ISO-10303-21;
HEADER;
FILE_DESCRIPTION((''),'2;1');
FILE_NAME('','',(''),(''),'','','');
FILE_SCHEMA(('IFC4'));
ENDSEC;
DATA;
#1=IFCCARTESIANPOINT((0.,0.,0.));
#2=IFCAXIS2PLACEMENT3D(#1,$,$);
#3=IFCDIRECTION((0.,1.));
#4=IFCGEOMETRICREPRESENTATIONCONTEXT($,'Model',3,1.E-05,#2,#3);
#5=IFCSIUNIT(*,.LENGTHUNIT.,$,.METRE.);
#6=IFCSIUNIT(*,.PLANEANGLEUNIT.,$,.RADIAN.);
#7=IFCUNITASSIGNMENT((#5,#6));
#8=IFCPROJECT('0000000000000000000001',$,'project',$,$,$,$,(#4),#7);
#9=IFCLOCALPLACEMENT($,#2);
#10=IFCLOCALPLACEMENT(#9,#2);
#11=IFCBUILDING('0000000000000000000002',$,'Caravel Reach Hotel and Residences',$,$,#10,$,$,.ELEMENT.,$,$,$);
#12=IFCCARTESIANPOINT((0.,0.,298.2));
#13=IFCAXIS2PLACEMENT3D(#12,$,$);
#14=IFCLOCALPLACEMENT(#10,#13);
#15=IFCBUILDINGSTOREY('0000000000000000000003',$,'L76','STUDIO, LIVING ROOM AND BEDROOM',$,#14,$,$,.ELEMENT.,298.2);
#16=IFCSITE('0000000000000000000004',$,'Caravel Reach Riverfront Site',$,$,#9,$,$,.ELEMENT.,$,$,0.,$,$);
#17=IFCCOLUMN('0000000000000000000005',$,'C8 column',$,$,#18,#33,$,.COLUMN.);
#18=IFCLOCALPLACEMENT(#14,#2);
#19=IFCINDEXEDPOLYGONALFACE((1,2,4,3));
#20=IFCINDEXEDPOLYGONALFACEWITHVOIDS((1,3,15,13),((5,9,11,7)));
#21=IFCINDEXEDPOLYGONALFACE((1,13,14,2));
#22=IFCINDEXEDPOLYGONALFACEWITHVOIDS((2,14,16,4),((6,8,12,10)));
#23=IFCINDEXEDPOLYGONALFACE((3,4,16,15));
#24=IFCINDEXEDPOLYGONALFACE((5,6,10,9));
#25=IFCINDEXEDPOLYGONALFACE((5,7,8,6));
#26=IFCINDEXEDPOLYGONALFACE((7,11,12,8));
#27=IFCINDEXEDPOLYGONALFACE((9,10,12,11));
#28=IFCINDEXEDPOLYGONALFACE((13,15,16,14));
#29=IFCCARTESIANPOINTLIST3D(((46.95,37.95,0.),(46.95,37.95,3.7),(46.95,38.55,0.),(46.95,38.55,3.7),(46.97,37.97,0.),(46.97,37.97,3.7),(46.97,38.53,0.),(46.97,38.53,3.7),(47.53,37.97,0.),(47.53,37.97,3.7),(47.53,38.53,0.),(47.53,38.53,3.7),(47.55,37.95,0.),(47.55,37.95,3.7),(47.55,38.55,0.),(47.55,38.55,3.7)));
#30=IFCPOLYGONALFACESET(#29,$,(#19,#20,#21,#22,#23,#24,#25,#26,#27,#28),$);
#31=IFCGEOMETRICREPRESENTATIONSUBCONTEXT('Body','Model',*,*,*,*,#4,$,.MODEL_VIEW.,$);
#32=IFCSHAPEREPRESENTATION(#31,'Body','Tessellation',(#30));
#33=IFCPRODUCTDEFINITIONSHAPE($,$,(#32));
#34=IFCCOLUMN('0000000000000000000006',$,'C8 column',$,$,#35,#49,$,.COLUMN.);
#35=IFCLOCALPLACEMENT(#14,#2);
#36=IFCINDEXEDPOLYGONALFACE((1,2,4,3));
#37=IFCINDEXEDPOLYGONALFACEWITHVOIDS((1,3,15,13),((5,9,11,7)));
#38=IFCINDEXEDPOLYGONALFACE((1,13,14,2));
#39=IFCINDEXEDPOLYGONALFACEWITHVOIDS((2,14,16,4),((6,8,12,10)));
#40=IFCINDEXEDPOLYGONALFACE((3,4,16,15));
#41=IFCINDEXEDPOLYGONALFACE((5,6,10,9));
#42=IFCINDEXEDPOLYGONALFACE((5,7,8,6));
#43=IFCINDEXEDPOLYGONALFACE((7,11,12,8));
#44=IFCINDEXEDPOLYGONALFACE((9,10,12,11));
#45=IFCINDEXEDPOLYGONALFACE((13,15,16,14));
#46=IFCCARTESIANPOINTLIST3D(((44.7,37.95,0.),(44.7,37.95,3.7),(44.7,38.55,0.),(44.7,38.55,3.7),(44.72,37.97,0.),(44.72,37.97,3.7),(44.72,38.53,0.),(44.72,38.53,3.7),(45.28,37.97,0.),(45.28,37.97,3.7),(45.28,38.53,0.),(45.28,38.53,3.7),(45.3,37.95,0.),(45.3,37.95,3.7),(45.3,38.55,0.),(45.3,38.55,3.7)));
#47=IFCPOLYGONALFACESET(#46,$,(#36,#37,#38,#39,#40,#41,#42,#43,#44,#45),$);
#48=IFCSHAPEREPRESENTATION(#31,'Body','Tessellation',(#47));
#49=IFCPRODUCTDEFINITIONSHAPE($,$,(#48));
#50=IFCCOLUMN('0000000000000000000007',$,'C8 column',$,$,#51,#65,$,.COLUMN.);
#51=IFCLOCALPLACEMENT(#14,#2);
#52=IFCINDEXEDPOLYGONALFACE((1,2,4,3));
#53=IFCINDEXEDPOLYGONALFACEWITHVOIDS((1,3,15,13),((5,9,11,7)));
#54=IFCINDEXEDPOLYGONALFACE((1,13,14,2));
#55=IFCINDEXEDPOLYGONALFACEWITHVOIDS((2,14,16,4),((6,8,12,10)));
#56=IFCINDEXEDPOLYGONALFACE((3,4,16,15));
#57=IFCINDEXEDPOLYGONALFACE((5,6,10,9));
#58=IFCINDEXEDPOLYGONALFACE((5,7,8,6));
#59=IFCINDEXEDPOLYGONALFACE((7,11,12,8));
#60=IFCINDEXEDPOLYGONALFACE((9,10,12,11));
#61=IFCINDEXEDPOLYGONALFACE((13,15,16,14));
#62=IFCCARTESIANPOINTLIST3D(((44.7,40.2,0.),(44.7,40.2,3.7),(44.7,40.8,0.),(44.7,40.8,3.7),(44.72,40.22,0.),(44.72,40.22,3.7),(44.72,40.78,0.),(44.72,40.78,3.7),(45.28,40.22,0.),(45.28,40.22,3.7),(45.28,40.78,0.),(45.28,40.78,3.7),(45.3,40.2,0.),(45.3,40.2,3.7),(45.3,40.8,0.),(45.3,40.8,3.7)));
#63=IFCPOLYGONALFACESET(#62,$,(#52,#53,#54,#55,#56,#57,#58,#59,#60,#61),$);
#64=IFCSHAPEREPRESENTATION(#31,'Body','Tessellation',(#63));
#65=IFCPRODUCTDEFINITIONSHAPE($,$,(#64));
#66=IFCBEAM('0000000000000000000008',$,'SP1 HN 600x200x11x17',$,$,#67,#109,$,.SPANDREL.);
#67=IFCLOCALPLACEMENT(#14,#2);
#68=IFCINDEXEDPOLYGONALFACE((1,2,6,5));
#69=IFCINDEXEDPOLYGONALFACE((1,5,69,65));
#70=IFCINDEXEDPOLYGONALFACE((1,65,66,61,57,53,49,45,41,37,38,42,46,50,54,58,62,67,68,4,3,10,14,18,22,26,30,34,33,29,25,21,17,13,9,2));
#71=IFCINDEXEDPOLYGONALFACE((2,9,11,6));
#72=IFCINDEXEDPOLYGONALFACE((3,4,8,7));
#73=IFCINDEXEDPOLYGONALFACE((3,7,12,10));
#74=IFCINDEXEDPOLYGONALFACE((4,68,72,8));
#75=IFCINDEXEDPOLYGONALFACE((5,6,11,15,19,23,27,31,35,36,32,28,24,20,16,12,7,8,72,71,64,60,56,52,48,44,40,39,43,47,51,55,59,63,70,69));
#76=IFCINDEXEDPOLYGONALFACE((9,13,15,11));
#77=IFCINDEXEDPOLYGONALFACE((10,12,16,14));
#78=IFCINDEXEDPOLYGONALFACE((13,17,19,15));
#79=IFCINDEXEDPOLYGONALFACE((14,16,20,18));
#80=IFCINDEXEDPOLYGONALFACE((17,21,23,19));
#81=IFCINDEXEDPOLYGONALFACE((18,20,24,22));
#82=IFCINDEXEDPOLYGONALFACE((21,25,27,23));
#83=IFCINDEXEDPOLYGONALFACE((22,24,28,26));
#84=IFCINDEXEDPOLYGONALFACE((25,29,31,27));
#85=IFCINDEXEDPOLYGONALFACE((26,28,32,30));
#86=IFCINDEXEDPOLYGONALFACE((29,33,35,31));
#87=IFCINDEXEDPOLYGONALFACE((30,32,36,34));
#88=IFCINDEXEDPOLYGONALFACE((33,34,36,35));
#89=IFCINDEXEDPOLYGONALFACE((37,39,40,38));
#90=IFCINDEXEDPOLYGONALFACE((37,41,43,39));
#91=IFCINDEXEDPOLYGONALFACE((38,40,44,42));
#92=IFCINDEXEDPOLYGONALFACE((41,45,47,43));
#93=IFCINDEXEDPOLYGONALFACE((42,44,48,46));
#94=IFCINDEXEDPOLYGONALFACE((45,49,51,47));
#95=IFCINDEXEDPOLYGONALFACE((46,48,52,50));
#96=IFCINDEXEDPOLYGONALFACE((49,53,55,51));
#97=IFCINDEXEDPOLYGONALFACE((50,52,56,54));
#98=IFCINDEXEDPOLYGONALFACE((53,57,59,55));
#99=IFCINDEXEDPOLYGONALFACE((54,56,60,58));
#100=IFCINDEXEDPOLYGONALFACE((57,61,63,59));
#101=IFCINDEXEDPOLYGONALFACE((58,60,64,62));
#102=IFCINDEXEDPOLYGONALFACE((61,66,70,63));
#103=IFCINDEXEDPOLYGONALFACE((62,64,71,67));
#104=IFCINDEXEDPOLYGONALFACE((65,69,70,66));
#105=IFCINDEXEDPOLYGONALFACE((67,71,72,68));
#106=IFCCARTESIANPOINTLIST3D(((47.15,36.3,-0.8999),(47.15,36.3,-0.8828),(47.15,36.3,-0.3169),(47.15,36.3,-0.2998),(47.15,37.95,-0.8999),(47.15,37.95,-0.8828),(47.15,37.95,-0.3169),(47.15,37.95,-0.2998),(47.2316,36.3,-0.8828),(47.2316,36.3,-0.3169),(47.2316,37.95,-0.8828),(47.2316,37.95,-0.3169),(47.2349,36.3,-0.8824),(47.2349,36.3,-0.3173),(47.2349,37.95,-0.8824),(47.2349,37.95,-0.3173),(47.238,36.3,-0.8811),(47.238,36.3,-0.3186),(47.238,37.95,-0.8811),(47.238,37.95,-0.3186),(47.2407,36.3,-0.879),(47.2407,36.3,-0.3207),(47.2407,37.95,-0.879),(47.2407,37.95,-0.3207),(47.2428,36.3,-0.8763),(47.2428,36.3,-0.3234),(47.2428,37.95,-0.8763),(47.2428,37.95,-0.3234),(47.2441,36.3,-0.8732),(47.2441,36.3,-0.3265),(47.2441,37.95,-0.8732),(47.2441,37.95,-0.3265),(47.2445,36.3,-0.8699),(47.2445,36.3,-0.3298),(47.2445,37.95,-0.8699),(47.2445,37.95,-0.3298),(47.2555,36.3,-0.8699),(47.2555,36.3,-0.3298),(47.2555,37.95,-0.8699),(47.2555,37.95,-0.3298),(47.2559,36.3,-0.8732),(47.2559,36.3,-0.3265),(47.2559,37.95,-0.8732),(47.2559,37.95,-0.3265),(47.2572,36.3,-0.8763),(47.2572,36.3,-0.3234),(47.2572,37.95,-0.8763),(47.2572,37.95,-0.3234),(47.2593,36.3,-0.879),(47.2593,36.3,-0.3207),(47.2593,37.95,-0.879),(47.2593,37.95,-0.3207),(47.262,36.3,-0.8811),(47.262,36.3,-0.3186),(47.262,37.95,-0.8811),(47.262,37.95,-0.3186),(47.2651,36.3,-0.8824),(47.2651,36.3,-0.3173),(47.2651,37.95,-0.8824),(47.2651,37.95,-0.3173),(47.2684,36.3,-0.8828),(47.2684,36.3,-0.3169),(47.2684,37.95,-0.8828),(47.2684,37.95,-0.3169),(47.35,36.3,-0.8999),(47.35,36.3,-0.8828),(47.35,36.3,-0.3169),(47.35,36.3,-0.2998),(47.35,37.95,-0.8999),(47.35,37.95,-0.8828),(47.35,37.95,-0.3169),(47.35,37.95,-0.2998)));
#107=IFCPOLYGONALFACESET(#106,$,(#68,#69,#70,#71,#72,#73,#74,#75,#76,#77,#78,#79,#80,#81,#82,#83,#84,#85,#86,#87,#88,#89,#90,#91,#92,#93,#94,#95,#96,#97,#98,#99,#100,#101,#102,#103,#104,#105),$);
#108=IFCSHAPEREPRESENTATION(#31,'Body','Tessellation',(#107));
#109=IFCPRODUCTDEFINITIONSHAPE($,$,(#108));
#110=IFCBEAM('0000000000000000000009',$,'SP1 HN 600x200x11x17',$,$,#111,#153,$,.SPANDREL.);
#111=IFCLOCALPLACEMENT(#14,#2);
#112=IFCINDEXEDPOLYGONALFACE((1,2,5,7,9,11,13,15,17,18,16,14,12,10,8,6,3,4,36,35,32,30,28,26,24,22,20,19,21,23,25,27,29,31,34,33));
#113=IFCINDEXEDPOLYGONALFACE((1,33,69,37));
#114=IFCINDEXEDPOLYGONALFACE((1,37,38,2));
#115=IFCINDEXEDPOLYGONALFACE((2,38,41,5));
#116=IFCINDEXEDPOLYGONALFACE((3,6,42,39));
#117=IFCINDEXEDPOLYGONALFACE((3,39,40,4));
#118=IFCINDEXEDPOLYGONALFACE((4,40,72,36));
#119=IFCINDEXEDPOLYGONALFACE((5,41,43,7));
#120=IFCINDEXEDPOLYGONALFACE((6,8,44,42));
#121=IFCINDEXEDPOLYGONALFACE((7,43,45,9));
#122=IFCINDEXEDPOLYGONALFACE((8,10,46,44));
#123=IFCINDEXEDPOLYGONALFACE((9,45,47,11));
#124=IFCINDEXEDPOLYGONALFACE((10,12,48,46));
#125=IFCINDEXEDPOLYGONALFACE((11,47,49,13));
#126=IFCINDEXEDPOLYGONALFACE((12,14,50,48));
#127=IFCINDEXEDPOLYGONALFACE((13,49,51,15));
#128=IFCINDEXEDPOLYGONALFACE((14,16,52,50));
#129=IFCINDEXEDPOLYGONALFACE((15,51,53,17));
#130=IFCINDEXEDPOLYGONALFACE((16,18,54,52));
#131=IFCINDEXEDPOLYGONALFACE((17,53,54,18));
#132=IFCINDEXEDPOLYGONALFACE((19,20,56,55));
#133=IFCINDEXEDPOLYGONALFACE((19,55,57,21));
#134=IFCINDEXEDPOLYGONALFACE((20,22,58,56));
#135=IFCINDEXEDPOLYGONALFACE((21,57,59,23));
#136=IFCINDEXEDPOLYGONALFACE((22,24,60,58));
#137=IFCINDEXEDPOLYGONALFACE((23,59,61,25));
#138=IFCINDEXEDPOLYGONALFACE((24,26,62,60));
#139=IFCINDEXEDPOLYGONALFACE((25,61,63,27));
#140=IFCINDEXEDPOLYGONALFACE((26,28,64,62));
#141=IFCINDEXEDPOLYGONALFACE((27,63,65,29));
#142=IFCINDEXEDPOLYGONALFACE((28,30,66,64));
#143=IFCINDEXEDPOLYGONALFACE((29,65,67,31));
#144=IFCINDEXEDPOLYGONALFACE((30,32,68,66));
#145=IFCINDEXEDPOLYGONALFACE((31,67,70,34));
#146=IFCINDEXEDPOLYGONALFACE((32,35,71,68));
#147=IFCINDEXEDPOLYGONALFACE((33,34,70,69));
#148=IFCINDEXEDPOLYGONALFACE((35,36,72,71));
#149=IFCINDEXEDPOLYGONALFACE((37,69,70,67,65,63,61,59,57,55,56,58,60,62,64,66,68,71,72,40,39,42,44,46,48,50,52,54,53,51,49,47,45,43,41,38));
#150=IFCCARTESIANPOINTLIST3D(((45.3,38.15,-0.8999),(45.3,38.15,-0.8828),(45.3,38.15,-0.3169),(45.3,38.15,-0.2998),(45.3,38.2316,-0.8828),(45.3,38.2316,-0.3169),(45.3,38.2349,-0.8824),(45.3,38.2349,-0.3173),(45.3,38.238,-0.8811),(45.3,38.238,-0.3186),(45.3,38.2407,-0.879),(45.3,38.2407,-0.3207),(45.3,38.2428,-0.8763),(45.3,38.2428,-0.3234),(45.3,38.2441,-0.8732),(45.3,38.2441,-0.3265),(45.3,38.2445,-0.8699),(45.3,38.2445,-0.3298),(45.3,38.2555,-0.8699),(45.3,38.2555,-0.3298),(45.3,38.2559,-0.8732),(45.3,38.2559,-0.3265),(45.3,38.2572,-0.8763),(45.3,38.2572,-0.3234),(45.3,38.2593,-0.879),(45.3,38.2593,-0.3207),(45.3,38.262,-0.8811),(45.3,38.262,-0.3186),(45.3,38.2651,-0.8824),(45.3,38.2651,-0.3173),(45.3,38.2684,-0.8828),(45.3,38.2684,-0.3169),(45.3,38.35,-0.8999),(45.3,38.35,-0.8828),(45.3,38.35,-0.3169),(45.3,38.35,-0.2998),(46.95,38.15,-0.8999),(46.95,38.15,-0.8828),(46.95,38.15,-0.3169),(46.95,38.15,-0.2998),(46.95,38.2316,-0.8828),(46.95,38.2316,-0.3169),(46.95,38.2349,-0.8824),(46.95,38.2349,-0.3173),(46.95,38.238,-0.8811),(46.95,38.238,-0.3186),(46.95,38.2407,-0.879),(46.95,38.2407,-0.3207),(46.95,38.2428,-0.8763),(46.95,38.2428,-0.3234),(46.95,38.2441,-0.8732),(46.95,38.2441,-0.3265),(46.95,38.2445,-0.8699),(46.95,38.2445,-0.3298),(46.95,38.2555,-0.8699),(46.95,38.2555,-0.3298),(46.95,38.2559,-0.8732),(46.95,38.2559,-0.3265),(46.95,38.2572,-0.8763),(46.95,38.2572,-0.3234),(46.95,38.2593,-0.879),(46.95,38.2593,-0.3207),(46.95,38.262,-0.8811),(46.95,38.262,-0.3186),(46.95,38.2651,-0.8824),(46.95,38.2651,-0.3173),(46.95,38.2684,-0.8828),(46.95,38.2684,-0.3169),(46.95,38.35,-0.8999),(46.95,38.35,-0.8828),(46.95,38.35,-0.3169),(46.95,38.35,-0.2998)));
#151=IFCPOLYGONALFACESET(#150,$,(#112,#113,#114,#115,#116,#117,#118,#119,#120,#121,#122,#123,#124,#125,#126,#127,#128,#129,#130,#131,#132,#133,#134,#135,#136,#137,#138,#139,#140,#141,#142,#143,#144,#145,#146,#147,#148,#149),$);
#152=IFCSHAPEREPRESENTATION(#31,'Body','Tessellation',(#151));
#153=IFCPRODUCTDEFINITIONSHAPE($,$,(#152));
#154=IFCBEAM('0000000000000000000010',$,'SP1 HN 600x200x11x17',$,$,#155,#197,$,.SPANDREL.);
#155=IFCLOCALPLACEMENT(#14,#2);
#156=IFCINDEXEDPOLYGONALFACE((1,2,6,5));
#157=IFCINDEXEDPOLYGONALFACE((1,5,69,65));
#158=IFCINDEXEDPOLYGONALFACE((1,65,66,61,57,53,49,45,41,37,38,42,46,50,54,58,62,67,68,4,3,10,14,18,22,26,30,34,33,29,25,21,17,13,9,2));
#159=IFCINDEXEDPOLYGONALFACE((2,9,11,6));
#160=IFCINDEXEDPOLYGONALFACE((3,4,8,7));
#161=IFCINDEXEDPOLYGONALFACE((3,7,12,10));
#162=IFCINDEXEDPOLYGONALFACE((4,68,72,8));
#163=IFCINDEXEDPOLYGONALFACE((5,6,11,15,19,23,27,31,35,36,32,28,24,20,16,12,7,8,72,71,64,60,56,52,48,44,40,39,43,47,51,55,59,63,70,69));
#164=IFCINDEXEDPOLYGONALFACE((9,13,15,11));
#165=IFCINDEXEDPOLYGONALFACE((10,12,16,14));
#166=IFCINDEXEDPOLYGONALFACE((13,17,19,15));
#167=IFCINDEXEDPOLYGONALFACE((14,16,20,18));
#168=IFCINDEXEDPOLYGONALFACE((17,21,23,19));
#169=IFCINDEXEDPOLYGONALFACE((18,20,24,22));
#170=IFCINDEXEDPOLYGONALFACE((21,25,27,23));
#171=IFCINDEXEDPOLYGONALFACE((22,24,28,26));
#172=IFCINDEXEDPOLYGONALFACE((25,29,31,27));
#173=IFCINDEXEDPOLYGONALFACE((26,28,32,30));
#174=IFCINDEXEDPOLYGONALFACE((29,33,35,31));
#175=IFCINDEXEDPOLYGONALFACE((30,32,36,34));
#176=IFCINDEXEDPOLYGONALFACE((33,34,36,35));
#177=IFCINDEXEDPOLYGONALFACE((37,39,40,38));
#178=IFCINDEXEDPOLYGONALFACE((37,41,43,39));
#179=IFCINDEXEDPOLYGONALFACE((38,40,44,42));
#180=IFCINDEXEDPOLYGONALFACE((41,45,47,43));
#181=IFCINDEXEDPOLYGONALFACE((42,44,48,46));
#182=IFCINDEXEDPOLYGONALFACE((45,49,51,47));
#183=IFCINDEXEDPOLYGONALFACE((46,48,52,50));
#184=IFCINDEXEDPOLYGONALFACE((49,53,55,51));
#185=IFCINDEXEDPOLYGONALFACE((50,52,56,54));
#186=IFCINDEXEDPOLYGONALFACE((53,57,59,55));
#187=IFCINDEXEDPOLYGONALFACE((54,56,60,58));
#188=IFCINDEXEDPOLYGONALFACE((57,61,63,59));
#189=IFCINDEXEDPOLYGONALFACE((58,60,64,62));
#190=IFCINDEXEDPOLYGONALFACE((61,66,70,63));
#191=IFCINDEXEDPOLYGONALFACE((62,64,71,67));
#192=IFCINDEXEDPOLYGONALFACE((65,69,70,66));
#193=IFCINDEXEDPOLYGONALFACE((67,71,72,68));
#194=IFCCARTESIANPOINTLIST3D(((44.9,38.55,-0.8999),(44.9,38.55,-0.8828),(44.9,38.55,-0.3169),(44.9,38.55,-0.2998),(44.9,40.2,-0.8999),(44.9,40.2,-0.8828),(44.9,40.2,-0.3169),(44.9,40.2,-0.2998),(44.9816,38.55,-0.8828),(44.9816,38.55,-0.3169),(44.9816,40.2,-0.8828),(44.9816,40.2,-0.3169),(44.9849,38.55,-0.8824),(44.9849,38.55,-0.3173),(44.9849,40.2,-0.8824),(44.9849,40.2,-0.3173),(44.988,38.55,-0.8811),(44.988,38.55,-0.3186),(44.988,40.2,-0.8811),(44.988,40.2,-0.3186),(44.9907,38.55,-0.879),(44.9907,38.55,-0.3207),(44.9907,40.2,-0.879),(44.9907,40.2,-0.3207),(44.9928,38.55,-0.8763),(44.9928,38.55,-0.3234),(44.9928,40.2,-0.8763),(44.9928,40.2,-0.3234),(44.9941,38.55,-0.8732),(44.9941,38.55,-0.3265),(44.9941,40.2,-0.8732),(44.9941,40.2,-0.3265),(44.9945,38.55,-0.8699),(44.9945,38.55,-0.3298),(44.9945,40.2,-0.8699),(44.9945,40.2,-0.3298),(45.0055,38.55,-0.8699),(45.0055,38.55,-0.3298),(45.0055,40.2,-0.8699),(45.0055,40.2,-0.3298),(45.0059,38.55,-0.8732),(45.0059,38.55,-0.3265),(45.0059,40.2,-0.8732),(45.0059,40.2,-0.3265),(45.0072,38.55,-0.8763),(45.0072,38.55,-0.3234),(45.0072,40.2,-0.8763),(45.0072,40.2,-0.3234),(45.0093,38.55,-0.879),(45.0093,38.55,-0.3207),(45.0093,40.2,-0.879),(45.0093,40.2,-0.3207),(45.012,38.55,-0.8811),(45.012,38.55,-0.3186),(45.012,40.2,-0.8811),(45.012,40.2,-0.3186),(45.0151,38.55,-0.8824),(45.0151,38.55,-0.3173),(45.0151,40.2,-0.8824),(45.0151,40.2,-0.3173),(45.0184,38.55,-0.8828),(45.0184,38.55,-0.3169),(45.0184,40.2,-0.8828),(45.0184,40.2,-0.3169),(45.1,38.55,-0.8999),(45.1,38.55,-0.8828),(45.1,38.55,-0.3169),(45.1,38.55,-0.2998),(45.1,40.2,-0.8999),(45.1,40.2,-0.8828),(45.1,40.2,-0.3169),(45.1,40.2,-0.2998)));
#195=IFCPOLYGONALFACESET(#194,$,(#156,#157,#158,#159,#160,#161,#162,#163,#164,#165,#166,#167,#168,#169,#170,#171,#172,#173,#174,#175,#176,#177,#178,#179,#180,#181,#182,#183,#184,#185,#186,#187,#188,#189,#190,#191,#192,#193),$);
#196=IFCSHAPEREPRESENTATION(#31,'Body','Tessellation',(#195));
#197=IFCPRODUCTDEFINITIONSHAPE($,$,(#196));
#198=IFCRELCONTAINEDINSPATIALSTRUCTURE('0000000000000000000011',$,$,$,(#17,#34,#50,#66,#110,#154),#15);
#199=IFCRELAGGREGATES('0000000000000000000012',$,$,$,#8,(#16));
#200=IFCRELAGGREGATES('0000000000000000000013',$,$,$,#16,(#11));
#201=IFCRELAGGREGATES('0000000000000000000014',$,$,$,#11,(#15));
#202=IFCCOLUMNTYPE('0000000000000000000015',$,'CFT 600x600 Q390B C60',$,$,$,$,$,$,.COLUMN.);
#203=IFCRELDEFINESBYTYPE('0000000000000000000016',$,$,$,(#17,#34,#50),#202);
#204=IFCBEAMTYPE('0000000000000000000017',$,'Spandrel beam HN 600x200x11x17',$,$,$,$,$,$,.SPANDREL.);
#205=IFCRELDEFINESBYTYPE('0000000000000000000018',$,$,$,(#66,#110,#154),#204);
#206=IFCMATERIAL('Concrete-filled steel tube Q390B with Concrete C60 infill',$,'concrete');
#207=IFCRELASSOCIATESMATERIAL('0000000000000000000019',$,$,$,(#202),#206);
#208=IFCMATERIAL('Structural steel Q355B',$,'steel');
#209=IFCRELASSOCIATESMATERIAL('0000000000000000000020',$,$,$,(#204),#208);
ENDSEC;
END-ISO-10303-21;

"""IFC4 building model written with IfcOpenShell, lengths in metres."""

from ifc_helpers import new_model, si_unit, direction, frame, origin, origin_2d, place, context, subcontext, project, spatial, hollow_rectangle, i_section, extrude, material, material_profile, profile_set, type_object, element, save


model = new_model("IFC4")

# Units and contexts
model_context = context("Model", 3, precision=1e-05, world=origin(), true_north=direction((0.0, 1.0)))
body_context = subcontext(model_context, "Body", "Model", "MODEL_VIEW")
ifc_project = project(units=[si_unit("LENGTHUNIT", "METRE"), si_unit("PLANEANGLEUNIT", "RADIAN")], contexts=[model_context])

# Site, building, storey
site_placement = place(None, origin())
site = spatial("IfcSite", under=ifc_project, at=site_placement, Name="Caravel Reach Riverfront Site", CompositionType="ELEMENT", RefElevation=0.0)
building_placement = place(site_placement, origin())
building = spatial("IfcBuilding", under=site, at=building_placement, Name="Caravel Reach Hotel and Residences", CompositionType="ELEMENT")
storey_placement = place(building_placement, frame((0.0, 0.0, 298.2)))
storey = spatial("IfcBuildingStorey", under=building, at=storey_placement, Name="L76", Description="STUDIO, LIVING ROOM AND BEDROOM", CompositionType="ELEMENT", Elevation=298.2)

# Columns
ifc_material_1 = material(Name="Concrete-filled steel tube Q390B with Concrete C60 infill", Category="concrete")
ifc_material_profile_1 = material_profile(ifc_material_1, hollow_rectangle(XDim=0.6001, YDim=0.6001, WallThickness=0.02, at=origin_2d()), Name="RHS 600x600x20")
ifc_profile_set_1 = profile_set([ifc_material_profile_1], Name="Concrete-filled steel tube Q390B with Concrete C60 infill")
column_type = type_object("IfcColumnType", Name="CFT 600x600 Q390B C60", PredefinedType="COLUMN", material=ifc_profile_set_1)
for number, where, z_axis, x_axis, name in (
    (1, (47.25, 38.25, 0.0), (0.0, 0.0, 1.0), (1.0, 0.0, 0.0), "C8 column"),
    (2, (45.0, 38.25, 0.0), (0.0, 0.0, 1.0), (1.0, 0.0, 0.0), "C8 column"),
    (3, (45.0, 40.5, 0.0), (0.0, 0.0, 1.0), (1.0, 0.0, 0.0), "C8 column"),
):
    element("IfcColumn", number, at=place(storey_placement, frame(where, z_axis=z_axis, x_axis=x_axis)), inside=storey, type_object=column_type, Name=name, PredefinedType="COLUMN", context=body_context, shape_type="SweptSolid", body=[
        extrude(hollow_rectangle(XDim=0.6001, YDim=0.6001, WallThickness=0.02, at=origin_2d()), origin(), (0.0, 0.0, 1.0), 3.7),
    ])

# Beams
ifc_material_2 = material(Name="Structural steel Q355B", Category="steel")
ifc_material_profile_2 = material_profile(ifc_material_2, i_section(OverallWidth=0.2, OverallDepth=0.6001, WebThickness=0.011, FlangeThickness=0.0171, FilletRadius=0.0129, at=origin_2d()), Name="HN 600x200x11x17")
ifc_profile_set_2 = profile_set([ifc_material_profile_2], Name="Structural steel Q355B")
beam_type = type_object("IfcBeamType", Name="Spandrel beam HN 600x200x11x17", PredefinedType="SPANDREL", material=ifc_profile_set_2)
for number, where, z_axis, x_axis, name in (
    (4, (47.25, 36.3, -0.5999), (0.0, 1.0, 0.0), (-1.0, 0.0, 0.0), "SP1 HN 600x200x11x17"),
    (5, (46.95, 38.25, -0.5999), (-1.0, 0.0, 0.0), (0.0, -1.0, 0.0), "SP1 HN 600x200x11x17"),
    (6, (45.0, 38.55, -0.5999), (0.0, 1.0, 0.0), (-1.0, 0.0, 0.0), "SP1 HN 600x200x11x17"),
):
    element("IfcBeam", number, at=place(storey_placement, frame(where, z_axis=z_axis, x_axis=x_axis)), inside=storey, type_object=beam_type, Name=name, PredefinedType="SPANDREL", context=body_context, shape_type="SweptSolid", body=[
        extrude(i_section(OverallWidth=0.2, OverallDepth=0.6001, WebThickness=0.011, FlangeThickness=0.0171, FilletRadius=0.0129, at=origin_2d()), origin(), (0.0, 0.0, 1.0), 1.6499),
    ])

save(model, "model.ifc")
